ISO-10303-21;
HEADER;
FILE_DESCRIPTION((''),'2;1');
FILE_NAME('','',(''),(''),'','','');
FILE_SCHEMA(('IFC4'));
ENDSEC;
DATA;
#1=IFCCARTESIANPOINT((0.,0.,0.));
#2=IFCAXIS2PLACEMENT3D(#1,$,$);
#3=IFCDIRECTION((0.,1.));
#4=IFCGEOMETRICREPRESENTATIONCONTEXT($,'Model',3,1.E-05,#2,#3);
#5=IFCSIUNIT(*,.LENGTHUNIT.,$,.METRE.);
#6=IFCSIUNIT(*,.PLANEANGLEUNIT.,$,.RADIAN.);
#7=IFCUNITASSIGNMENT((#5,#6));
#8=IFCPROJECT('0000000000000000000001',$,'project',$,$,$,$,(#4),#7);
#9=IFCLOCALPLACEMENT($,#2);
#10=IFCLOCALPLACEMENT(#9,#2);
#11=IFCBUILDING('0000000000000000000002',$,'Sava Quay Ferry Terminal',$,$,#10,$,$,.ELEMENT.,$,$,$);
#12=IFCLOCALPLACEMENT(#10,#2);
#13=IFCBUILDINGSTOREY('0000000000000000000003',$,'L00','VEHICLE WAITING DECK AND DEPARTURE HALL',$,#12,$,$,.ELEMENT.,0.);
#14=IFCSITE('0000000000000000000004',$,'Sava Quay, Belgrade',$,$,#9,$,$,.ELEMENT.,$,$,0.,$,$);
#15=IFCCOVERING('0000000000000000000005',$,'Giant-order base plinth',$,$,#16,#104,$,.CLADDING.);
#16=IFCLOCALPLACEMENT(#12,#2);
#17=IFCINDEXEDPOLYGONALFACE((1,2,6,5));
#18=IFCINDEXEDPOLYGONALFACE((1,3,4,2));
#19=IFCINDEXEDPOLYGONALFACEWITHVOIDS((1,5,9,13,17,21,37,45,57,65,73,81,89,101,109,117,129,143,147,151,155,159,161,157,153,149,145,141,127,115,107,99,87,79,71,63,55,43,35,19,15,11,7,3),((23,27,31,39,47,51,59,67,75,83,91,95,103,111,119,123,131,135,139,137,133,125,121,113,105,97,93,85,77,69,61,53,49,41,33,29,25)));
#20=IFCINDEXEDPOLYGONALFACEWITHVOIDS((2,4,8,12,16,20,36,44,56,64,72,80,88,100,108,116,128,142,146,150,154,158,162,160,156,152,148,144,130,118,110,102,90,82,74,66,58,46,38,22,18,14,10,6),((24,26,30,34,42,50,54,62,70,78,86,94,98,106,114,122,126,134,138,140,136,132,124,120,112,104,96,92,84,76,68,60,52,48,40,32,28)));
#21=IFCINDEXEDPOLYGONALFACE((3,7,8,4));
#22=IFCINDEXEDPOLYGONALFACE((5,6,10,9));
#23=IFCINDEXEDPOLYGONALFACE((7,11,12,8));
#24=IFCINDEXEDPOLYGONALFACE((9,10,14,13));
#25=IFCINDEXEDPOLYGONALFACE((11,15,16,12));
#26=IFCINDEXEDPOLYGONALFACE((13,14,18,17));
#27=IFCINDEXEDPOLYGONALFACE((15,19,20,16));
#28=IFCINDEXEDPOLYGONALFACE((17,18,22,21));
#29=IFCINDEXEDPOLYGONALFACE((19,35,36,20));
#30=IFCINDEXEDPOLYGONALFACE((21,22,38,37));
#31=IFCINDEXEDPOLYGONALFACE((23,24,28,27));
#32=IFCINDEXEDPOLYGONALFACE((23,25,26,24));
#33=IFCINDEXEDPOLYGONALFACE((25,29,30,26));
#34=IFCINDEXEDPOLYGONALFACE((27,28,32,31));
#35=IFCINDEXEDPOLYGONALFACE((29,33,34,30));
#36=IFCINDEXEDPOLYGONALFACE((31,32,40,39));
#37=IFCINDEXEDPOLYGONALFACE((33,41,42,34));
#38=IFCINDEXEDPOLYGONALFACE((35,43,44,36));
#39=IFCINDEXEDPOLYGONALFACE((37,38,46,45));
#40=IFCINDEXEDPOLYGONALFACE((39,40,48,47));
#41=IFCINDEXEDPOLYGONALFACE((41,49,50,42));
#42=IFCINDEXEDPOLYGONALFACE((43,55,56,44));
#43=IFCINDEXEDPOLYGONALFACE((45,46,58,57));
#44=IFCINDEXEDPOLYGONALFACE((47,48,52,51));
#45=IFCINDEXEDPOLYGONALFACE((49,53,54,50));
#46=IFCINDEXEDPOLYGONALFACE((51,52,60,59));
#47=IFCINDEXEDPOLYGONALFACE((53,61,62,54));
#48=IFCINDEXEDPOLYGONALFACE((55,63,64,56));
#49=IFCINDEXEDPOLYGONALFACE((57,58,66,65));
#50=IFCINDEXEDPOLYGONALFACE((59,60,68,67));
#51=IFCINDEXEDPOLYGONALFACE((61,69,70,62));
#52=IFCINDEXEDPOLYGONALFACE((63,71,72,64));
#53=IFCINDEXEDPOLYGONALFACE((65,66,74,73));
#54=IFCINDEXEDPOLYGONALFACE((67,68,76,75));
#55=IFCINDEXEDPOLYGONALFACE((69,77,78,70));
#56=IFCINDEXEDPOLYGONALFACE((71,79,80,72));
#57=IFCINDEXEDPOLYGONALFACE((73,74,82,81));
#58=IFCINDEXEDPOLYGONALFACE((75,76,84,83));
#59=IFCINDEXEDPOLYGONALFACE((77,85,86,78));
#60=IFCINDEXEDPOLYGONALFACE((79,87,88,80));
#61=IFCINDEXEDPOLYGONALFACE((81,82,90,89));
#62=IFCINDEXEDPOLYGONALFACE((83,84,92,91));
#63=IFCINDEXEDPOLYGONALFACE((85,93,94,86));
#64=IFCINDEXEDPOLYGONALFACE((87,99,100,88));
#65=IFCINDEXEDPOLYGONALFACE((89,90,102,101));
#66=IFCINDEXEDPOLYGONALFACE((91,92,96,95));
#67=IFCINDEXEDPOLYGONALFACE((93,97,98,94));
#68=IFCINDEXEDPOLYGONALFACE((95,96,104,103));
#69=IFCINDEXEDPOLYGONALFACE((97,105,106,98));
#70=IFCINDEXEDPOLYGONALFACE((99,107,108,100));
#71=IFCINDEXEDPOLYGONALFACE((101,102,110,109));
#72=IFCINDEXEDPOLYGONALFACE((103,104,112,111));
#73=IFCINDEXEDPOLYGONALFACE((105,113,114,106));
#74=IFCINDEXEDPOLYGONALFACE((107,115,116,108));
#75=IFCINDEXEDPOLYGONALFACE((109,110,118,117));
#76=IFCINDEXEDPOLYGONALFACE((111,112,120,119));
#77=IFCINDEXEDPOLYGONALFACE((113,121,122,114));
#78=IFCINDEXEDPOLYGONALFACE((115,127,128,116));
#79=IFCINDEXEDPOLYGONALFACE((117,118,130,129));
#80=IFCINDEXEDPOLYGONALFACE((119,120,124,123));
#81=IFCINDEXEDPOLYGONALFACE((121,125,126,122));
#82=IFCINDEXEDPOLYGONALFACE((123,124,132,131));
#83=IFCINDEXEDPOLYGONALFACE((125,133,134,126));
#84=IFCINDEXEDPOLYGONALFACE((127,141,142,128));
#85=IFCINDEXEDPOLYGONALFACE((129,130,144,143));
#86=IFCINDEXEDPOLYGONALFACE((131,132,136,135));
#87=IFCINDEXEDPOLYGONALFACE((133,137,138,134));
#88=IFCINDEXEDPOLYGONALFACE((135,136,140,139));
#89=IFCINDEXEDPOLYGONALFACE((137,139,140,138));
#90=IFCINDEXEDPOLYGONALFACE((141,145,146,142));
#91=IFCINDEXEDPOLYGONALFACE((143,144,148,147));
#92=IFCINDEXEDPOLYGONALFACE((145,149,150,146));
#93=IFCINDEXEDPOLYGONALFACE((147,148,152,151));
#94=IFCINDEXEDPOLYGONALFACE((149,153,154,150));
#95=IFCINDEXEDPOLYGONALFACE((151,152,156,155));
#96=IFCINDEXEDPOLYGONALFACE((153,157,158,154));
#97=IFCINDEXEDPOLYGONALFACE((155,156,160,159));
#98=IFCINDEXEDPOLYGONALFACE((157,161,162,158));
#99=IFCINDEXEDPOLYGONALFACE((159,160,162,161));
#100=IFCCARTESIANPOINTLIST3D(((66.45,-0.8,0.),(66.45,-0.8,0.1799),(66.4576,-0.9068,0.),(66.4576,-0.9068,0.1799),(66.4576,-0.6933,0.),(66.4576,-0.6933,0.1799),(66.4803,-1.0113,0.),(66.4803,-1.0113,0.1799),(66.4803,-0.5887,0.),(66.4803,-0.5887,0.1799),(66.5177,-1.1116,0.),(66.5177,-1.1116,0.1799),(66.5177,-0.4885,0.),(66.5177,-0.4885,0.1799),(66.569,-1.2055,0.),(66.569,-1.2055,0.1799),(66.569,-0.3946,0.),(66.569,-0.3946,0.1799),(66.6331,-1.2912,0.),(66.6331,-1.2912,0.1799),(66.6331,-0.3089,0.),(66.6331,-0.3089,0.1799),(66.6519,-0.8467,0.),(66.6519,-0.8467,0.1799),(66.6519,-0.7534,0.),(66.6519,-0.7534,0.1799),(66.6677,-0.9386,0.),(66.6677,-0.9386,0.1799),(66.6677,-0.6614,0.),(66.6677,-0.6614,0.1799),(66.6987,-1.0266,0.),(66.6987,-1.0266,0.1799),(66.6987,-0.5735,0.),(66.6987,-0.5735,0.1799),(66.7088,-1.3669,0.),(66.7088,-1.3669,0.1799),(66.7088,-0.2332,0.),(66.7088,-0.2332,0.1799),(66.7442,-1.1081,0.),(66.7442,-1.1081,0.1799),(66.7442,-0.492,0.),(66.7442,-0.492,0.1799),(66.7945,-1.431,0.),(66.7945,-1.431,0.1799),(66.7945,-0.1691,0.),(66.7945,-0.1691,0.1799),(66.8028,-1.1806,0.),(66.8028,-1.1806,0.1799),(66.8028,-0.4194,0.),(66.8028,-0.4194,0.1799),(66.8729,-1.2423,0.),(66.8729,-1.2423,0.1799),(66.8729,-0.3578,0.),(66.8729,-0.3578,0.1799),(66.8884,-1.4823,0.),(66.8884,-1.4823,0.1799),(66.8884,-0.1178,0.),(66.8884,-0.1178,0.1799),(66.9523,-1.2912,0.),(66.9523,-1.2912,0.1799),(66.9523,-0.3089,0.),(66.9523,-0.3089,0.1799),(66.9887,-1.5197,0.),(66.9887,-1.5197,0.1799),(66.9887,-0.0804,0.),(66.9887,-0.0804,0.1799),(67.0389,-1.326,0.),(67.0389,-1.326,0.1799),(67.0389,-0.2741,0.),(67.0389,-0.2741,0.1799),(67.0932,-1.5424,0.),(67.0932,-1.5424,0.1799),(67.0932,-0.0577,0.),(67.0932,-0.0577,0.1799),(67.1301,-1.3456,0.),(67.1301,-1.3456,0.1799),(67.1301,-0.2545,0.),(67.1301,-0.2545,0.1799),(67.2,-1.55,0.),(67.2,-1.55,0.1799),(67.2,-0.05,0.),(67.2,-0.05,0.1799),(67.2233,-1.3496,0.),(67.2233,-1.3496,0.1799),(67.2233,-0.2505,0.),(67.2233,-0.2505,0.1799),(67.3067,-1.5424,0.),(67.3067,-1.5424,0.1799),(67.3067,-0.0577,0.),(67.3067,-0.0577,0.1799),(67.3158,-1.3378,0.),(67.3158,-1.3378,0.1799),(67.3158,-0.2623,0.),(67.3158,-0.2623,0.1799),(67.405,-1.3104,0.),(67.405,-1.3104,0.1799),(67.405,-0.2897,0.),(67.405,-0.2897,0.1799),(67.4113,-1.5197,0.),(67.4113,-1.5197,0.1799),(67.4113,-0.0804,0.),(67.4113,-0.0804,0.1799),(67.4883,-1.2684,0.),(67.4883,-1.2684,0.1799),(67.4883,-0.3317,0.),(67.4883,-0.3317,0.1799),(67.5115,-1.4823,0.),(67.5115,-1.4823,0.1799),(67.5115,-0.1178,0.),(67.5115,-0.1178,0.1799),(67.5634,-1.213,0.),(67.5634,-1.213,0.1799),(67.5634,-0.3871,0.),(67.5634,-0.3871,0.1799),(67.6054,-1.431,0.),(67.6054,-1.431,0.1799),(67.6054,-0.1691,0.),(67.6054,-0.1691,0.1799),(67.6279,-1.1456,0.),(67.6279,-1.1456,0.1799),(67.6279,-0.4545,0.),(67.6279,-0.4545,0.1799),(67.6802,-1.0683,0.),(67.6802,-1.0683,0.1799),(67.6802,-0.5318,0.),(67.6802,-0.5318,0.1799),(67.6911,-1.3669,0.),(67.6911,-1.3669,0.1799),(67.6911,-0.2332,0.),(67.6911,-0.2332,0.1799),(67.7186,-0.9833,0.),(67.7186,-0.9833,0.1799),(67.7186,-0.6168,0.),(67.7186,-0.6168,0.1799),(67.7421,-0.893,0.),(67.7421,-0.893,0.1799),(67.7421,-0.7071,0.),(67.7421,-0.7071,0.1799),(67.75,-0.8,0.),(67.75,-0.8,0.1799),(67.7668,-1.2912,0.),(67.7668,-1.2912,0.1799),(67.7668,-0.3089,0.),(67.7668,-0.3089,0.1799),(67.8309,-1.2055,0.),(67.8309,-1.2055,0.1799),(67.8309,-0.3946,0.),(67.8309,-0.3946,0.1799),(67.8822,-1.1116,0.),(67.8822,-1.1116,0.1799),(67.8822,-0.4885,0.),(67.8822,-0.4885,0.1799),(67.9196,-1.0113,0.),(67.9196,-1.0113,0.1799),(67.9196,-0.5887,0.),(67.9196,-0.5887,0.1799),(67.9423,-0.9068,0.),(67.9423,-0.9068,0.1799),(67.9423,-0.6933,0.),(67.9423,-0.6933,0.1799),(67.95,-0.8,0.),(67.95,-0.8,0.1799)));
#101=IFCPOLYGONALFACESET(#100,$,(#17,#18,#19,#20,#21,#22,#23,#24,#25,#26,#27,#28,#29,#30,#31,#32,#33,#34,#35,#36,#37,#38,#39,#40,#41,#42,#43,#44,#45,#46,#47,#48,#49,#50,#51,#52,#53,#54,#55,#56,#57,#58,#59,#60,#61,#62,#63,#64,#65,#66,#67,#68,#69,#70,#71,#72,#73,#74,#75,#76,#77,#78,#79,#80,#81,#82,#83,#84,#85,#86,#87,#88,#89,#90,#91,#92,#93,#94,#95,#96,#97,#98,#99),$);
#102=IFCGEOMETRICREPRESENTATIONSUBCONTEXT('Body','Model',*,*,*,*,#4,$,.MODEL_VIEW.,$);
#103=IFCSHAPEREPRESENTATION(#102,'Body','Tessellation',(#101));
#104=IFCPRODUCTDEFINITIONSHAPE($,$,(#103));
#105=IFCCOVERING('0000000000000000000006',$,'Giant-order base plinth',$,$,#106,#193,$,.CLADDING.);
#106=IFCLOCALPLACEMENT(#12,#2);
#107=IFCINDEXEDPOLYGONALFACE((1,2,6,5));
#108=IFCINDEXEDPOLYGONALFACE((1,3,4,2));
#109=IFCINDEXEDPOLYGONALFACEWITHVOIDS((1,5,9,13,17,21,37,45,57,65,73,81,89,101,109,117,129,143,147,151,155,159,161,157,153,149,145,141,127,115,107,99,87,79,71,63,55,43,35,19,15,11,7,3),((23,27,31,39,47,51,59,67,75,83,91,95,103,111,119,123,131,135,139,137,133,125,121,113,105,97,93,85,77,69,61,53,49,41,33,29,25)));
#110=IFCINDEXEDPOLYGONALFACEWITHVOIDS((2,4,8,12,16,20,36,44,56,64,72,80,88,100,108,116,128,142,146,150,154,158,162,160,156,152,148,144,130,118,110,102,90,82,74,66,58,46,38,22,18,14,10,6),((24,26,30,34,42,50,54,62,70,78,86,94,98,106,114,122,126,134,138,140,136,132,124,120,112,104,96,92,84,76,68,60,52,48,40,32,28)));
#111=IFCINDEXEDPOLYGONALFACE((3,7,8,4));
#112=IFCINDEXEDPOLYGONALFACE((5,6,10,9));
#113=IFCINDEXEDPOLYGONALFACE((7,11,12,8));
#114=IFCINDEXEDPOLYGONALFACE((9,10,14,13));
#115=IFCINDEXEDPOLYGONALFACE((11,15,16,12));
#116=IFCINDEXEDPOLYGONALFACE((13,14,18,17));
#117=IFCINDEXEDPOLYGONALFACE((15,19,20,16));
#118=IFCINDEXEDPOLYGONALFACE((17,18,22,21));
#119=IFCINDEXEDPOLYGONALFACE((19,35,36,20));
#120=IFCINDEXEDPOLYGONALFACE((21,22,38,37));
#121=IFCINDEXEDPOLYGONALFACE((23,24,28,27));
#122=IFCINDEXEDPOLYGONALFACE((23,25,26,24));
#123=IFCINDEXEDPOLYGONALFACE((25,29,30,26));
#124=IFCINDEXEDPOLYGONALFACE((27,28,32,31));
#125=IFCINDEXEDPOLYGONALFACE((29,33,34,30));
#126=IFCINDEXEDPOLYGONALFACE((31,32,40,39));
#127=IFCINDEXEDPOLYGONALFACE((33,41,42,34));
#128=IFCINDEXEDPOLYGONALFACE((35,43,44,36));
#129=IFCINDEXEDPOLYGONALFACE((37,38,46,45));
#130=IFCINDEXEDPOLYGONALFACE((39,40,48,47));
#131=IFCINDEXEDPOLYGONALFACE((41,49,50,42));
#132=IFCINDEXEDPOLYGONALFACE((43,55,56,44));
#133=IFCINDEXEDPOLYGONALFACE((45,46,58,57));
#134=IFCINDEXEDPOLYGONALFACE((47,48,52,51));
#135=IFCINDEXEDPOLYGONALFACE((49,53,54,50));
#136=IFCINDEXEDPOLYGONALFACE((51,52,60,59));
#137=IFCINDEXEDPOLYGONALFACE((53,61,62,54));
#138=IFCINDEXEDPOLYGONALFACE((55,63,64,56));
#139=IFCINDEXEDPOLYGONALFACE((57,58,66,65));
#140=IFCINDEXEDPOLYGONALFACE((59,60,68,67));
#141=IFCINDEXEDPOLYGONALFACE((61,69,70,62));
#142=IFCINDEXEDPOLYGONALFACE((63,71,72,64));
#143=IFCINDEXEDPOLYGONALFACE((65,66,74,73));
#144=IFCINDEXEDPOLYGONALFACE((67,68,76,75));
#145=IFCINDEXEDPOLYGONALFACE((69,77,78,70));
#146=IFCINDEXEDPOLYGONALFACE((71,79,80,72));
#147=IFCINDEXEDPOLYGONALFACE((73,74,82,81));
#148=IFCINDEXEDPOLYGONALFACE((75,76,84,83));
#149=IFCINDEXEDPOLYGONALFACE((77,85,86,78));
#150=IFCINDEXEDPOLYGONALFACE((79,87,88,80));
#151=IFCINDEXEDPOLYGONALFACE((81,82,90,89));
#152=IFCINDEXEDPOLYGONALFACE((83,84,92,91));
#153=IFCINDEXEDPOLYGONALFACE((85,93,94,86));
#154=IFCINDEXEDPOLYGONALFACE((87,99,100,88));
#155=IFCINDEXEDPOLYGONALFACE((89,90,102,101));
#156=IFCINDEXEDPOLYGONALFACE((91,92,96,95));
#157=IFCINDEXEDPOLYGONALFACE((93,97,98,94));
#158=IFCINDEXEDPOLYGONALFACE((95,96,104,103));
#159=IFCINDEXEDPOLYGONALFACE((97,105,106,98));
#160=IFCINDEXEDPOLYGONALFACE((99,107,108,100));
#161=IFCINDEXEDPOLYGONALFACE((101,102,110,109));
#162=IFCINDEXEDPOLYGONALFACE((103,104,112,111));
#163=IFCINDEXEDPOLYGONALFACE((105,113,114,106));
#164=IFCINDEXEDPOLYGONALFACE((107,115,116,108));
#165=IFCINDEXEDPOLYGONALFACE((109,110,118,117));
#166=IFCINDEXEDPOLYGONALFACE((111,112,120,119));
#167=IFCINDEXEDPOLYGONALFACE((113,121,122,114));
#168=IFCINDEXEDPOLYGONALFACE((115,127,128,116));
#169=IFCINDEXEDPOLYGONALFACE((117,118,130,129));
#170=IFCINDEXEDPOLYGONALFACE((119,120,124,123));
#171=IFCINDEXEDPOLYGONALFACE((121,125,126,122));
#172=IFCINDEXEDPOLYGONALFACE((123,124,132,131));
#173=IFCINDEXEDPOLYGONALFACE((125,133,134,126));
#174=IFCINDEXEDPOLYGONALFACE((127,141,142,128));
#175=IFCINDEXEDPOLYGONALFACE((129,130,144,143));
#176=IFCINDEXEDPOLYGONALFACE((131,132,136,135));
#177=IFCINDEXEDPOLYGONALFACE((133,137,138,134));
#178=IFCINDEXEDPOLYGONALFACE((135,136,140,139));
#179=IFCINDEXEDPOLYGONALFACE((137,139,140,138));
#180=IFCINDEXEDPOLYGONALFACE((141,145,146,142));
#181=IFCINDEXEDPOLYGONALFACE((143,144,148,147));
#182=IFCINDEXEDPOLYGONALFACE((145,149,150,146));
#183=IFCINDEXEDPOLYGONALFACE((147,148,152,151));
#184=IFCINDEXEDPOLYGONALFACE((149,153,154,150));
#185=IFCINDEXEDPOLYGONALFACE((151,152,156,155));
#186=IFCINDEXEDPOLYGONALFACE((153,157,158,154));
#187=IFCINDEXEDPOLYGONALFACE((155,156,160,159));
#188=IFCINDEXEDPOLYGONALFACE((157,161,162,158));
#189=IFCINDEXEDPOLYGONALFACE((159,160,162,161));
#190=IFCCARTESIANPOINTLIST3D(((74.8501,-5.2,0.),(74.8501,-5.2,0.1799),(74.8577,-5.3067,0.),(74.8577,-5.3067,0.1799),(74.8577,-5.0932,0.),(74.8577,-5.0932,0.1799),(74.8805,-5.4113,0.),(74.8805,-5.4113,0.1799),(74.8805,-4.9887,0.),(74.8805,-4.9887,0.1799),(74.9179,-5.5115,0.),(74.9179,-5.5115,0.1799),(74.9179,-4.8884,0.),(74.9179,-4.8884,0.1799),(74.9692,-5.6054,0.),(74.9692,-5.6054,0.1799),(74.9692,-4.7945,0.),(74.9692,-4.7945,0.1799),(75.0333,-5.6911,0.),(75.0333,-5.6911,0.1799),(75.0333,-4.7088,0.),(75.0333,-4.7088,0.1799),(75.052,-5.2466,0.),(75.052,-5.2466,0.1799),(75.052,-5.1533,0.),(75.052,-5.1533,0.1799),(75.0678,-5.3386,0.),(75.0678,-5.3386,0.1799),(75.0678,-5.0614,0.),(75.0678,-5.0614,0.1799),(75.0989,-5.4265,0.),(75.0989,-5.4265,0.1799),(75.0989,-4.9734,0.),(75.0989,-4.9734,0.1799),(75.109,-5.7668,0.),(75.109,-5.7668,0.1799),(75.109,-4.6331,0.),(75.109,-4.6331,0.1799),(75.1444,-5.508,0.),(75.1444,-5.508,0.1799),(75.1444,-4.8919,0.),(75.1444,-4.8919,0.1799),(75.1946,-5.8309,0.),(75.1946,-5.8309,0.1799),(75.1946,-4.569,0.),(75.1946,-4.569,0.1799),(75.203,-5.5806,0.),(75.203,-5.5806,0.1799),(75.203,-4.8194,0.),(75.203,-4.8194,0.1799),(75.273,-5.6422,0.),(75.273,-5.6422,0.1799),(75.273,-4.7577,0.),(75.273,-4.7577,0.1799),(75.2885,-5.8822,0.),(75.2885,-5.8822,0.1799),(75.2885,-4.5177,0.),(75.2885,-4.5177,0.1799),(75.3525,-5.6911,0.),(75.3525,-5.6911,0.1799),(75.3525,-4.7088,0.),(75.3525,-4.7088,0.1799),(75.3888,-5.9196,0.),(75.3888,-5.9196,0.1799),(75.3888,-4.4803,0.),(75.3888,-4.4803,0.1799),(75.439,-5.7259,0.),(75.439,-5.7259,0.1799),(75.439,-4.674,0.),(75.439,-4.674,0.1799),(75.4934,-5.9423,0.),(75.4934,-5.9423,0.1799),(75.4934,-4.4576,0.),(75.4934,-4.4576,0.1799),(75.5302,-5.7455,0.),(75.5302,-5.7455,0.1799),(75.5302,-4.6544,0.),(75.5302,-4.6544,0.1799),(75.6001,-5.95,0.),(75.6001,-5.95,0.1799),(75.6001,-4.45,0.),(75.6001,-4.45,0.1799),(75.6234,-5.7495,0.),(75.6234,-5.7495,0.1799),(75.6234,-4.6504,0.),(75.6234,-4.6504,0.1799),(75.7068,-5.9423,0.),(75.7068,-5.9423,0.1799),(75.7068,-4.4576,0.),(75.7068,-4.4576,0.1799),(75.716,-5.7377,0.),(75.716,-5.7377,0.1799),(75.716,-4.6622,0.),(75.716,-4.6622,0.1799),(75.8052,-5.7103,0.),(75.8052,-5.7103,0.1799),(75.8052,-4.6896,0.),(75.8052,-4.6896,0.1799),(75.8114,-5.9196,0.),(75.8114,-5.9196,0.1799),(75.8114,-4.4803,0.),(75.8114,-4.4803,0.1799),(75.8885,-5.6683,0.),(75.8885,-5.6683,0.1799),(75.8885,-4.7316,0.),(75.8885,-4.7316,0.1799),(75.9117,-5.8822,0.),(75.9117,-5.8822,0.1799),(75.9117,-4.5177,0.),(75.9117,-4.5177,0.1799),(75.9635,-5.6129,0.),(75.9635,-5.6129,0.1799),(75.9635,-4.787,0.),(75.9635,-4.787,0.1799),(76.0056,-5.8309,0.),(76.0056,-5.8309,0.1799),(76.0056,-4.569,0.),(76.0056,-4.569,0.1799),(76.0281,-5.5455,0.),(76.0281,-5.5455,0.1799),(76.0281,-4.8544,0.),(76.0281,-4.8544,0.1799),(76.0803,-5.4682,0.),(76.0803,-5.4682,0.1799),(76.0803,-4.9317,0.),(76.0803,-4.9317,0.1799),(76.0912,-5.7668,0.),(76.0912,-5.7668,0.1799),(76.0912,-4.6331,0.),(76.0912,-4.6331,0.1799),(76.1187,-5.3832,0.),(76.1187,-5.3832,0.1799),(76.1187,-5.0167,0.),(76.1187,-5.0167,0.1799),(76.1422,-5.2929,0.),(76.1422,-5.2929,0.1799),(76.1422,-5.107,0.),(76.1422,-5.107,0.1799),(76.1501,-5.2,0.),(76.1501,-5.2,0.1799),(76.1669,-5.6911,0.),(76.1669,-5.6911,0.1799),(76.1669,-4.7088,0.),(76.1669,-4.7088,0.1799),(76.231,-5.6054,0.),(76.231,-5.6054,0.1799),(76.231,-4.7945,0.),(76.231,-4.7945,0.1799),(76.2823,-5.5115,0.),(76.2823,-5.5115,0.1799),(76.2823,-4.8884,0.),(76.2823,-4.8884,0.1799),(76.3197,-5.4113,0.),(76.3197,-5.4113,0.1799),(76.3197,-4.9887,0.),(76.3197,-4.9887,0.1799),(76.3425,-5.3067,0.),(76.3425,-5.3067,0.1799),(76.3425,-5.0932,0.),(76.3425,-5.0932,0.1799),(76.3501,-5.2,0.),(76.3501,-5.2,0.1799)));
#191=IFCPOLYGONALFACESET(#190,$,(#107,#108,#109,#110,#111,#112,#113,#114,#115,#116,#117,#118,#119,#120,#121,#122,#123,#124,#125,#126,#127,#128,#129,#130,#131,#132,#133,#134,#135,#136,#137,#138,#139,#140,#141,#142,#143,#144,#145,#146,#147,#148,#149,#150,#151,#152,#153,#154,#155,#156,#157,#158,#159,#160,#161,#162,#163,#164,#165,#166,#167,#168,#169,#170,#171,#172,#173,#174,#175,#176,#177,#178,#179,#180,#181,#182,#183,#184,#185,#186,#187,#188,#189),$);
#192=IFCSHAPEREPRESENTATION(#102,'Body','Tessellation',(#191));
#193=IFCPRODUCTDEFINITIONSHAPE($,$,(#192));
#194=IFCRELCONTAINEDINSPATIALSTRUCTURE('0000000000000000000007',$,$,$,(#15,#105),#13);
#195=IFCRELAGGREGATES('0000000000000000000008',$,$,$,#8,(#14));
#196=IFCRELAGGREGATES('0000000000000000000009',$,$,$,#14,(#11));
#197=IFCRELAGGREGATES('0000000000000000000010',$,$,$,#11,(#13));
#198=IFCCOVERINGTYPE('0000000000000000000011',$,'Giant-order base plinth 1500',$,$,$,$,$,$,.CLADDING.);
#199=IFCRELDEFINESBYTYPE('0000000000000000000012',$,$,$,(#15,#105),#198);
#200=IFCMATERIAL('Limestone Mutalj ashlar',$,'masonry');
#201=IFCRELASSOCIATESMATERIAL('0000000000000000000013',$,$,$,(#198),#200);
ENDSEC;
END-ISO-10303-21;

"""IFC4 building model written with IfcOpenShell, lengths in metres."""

from ifc_helpers import new_model, si_unit, direction, frame, origin, origin_2d, place, context, subcontext, project, spatial, hollow_circle, extrude, material, material_profile, profile_set, type_object, element, save


model = new_model("IFC4")

# Units and contexts
model_context = context("Model", 3, precision=1e-05, world=origin(), true_north=direction((0.0, 1.0)))
body_context = subcontext(model_context, "Body", "Model", "MODEL_VIEW")
ifc_project = project(units=[si_unit("LENGTHUNIT", "METRE"), si_unit("PLANEANGLEUNIT", "RADIAN")], contexts=[model_context])

# Site, building, storey
site_placement = place(None, origin())
site = spatial("IfcSite", under=ifc_project, at=site_placement, Name="Sava Quay, Belgrade", CompositionType="ELEMENT", RefElevation=0.0)
building_placement = place(site_placement, origin())
building = spatial("IfcBuilding", under=site, at=building_placement, Name="Sava Quay Ferry Terminal", CompositionType="ELEMENT")
storey_placement = place(building_placement, origin())
storey = spatial("IfcBuildingStorey", under=building, at=storey_placement, Name="L00", Description="VEHICLE WAITING DECK AND DEPARTURE HALL", CompositionType="ELEMENT", Elevation=0.0)

# Coverings
ifc_material_1 = material(Name="Limestone Mutalj ashlar", Category="masonry")
ifc_material_profile_1 = material_profile(ifc_material_1, hollow_circle(Radius=0.75, WallThickness=0.2, at=origin_2d()), Name="Base plinth 1500")
ifc_profile_set_1 = profile_set([ifc_material_profile_1], Name="Limestone Mutalj ashlar")
covering_type_1 = type_object("IfcCoveringType", Name="Giant-order base plinth 1500", PredefinedType="CLADDING", material=ifc_profile_set_1)
for number, where, z_axis, x_axis, name in (
    (1, (67.2, -0.8, 0.0), (0.0, 0.0, 1.0), (1.0, 0.0, 0.0), "Giant-order base plinth"),
    (2, (75.6001, -5.2, 0.0), (0.0, 0.0, 1.0), (1.0, 0.0, 0.0), "Giant-order base plinth"),
):
    element("IfcCovering", number, at=place(storey_placement, frame(where, z_axis=z_axis, x_axis=x_axis)), inside=storey, type_object=covering_type_1, Name=name, PredefinedType="CLADDING", context=body_context, shape_type="SweptSolid", body=[
        extrude(hollow_circle(Radius=0.75, WallThickness=0.2, at=origin_2d()), origin(), (0.0, 0.0, 1.0), 0.1799),
    ])

save(model, "model.ifc")
